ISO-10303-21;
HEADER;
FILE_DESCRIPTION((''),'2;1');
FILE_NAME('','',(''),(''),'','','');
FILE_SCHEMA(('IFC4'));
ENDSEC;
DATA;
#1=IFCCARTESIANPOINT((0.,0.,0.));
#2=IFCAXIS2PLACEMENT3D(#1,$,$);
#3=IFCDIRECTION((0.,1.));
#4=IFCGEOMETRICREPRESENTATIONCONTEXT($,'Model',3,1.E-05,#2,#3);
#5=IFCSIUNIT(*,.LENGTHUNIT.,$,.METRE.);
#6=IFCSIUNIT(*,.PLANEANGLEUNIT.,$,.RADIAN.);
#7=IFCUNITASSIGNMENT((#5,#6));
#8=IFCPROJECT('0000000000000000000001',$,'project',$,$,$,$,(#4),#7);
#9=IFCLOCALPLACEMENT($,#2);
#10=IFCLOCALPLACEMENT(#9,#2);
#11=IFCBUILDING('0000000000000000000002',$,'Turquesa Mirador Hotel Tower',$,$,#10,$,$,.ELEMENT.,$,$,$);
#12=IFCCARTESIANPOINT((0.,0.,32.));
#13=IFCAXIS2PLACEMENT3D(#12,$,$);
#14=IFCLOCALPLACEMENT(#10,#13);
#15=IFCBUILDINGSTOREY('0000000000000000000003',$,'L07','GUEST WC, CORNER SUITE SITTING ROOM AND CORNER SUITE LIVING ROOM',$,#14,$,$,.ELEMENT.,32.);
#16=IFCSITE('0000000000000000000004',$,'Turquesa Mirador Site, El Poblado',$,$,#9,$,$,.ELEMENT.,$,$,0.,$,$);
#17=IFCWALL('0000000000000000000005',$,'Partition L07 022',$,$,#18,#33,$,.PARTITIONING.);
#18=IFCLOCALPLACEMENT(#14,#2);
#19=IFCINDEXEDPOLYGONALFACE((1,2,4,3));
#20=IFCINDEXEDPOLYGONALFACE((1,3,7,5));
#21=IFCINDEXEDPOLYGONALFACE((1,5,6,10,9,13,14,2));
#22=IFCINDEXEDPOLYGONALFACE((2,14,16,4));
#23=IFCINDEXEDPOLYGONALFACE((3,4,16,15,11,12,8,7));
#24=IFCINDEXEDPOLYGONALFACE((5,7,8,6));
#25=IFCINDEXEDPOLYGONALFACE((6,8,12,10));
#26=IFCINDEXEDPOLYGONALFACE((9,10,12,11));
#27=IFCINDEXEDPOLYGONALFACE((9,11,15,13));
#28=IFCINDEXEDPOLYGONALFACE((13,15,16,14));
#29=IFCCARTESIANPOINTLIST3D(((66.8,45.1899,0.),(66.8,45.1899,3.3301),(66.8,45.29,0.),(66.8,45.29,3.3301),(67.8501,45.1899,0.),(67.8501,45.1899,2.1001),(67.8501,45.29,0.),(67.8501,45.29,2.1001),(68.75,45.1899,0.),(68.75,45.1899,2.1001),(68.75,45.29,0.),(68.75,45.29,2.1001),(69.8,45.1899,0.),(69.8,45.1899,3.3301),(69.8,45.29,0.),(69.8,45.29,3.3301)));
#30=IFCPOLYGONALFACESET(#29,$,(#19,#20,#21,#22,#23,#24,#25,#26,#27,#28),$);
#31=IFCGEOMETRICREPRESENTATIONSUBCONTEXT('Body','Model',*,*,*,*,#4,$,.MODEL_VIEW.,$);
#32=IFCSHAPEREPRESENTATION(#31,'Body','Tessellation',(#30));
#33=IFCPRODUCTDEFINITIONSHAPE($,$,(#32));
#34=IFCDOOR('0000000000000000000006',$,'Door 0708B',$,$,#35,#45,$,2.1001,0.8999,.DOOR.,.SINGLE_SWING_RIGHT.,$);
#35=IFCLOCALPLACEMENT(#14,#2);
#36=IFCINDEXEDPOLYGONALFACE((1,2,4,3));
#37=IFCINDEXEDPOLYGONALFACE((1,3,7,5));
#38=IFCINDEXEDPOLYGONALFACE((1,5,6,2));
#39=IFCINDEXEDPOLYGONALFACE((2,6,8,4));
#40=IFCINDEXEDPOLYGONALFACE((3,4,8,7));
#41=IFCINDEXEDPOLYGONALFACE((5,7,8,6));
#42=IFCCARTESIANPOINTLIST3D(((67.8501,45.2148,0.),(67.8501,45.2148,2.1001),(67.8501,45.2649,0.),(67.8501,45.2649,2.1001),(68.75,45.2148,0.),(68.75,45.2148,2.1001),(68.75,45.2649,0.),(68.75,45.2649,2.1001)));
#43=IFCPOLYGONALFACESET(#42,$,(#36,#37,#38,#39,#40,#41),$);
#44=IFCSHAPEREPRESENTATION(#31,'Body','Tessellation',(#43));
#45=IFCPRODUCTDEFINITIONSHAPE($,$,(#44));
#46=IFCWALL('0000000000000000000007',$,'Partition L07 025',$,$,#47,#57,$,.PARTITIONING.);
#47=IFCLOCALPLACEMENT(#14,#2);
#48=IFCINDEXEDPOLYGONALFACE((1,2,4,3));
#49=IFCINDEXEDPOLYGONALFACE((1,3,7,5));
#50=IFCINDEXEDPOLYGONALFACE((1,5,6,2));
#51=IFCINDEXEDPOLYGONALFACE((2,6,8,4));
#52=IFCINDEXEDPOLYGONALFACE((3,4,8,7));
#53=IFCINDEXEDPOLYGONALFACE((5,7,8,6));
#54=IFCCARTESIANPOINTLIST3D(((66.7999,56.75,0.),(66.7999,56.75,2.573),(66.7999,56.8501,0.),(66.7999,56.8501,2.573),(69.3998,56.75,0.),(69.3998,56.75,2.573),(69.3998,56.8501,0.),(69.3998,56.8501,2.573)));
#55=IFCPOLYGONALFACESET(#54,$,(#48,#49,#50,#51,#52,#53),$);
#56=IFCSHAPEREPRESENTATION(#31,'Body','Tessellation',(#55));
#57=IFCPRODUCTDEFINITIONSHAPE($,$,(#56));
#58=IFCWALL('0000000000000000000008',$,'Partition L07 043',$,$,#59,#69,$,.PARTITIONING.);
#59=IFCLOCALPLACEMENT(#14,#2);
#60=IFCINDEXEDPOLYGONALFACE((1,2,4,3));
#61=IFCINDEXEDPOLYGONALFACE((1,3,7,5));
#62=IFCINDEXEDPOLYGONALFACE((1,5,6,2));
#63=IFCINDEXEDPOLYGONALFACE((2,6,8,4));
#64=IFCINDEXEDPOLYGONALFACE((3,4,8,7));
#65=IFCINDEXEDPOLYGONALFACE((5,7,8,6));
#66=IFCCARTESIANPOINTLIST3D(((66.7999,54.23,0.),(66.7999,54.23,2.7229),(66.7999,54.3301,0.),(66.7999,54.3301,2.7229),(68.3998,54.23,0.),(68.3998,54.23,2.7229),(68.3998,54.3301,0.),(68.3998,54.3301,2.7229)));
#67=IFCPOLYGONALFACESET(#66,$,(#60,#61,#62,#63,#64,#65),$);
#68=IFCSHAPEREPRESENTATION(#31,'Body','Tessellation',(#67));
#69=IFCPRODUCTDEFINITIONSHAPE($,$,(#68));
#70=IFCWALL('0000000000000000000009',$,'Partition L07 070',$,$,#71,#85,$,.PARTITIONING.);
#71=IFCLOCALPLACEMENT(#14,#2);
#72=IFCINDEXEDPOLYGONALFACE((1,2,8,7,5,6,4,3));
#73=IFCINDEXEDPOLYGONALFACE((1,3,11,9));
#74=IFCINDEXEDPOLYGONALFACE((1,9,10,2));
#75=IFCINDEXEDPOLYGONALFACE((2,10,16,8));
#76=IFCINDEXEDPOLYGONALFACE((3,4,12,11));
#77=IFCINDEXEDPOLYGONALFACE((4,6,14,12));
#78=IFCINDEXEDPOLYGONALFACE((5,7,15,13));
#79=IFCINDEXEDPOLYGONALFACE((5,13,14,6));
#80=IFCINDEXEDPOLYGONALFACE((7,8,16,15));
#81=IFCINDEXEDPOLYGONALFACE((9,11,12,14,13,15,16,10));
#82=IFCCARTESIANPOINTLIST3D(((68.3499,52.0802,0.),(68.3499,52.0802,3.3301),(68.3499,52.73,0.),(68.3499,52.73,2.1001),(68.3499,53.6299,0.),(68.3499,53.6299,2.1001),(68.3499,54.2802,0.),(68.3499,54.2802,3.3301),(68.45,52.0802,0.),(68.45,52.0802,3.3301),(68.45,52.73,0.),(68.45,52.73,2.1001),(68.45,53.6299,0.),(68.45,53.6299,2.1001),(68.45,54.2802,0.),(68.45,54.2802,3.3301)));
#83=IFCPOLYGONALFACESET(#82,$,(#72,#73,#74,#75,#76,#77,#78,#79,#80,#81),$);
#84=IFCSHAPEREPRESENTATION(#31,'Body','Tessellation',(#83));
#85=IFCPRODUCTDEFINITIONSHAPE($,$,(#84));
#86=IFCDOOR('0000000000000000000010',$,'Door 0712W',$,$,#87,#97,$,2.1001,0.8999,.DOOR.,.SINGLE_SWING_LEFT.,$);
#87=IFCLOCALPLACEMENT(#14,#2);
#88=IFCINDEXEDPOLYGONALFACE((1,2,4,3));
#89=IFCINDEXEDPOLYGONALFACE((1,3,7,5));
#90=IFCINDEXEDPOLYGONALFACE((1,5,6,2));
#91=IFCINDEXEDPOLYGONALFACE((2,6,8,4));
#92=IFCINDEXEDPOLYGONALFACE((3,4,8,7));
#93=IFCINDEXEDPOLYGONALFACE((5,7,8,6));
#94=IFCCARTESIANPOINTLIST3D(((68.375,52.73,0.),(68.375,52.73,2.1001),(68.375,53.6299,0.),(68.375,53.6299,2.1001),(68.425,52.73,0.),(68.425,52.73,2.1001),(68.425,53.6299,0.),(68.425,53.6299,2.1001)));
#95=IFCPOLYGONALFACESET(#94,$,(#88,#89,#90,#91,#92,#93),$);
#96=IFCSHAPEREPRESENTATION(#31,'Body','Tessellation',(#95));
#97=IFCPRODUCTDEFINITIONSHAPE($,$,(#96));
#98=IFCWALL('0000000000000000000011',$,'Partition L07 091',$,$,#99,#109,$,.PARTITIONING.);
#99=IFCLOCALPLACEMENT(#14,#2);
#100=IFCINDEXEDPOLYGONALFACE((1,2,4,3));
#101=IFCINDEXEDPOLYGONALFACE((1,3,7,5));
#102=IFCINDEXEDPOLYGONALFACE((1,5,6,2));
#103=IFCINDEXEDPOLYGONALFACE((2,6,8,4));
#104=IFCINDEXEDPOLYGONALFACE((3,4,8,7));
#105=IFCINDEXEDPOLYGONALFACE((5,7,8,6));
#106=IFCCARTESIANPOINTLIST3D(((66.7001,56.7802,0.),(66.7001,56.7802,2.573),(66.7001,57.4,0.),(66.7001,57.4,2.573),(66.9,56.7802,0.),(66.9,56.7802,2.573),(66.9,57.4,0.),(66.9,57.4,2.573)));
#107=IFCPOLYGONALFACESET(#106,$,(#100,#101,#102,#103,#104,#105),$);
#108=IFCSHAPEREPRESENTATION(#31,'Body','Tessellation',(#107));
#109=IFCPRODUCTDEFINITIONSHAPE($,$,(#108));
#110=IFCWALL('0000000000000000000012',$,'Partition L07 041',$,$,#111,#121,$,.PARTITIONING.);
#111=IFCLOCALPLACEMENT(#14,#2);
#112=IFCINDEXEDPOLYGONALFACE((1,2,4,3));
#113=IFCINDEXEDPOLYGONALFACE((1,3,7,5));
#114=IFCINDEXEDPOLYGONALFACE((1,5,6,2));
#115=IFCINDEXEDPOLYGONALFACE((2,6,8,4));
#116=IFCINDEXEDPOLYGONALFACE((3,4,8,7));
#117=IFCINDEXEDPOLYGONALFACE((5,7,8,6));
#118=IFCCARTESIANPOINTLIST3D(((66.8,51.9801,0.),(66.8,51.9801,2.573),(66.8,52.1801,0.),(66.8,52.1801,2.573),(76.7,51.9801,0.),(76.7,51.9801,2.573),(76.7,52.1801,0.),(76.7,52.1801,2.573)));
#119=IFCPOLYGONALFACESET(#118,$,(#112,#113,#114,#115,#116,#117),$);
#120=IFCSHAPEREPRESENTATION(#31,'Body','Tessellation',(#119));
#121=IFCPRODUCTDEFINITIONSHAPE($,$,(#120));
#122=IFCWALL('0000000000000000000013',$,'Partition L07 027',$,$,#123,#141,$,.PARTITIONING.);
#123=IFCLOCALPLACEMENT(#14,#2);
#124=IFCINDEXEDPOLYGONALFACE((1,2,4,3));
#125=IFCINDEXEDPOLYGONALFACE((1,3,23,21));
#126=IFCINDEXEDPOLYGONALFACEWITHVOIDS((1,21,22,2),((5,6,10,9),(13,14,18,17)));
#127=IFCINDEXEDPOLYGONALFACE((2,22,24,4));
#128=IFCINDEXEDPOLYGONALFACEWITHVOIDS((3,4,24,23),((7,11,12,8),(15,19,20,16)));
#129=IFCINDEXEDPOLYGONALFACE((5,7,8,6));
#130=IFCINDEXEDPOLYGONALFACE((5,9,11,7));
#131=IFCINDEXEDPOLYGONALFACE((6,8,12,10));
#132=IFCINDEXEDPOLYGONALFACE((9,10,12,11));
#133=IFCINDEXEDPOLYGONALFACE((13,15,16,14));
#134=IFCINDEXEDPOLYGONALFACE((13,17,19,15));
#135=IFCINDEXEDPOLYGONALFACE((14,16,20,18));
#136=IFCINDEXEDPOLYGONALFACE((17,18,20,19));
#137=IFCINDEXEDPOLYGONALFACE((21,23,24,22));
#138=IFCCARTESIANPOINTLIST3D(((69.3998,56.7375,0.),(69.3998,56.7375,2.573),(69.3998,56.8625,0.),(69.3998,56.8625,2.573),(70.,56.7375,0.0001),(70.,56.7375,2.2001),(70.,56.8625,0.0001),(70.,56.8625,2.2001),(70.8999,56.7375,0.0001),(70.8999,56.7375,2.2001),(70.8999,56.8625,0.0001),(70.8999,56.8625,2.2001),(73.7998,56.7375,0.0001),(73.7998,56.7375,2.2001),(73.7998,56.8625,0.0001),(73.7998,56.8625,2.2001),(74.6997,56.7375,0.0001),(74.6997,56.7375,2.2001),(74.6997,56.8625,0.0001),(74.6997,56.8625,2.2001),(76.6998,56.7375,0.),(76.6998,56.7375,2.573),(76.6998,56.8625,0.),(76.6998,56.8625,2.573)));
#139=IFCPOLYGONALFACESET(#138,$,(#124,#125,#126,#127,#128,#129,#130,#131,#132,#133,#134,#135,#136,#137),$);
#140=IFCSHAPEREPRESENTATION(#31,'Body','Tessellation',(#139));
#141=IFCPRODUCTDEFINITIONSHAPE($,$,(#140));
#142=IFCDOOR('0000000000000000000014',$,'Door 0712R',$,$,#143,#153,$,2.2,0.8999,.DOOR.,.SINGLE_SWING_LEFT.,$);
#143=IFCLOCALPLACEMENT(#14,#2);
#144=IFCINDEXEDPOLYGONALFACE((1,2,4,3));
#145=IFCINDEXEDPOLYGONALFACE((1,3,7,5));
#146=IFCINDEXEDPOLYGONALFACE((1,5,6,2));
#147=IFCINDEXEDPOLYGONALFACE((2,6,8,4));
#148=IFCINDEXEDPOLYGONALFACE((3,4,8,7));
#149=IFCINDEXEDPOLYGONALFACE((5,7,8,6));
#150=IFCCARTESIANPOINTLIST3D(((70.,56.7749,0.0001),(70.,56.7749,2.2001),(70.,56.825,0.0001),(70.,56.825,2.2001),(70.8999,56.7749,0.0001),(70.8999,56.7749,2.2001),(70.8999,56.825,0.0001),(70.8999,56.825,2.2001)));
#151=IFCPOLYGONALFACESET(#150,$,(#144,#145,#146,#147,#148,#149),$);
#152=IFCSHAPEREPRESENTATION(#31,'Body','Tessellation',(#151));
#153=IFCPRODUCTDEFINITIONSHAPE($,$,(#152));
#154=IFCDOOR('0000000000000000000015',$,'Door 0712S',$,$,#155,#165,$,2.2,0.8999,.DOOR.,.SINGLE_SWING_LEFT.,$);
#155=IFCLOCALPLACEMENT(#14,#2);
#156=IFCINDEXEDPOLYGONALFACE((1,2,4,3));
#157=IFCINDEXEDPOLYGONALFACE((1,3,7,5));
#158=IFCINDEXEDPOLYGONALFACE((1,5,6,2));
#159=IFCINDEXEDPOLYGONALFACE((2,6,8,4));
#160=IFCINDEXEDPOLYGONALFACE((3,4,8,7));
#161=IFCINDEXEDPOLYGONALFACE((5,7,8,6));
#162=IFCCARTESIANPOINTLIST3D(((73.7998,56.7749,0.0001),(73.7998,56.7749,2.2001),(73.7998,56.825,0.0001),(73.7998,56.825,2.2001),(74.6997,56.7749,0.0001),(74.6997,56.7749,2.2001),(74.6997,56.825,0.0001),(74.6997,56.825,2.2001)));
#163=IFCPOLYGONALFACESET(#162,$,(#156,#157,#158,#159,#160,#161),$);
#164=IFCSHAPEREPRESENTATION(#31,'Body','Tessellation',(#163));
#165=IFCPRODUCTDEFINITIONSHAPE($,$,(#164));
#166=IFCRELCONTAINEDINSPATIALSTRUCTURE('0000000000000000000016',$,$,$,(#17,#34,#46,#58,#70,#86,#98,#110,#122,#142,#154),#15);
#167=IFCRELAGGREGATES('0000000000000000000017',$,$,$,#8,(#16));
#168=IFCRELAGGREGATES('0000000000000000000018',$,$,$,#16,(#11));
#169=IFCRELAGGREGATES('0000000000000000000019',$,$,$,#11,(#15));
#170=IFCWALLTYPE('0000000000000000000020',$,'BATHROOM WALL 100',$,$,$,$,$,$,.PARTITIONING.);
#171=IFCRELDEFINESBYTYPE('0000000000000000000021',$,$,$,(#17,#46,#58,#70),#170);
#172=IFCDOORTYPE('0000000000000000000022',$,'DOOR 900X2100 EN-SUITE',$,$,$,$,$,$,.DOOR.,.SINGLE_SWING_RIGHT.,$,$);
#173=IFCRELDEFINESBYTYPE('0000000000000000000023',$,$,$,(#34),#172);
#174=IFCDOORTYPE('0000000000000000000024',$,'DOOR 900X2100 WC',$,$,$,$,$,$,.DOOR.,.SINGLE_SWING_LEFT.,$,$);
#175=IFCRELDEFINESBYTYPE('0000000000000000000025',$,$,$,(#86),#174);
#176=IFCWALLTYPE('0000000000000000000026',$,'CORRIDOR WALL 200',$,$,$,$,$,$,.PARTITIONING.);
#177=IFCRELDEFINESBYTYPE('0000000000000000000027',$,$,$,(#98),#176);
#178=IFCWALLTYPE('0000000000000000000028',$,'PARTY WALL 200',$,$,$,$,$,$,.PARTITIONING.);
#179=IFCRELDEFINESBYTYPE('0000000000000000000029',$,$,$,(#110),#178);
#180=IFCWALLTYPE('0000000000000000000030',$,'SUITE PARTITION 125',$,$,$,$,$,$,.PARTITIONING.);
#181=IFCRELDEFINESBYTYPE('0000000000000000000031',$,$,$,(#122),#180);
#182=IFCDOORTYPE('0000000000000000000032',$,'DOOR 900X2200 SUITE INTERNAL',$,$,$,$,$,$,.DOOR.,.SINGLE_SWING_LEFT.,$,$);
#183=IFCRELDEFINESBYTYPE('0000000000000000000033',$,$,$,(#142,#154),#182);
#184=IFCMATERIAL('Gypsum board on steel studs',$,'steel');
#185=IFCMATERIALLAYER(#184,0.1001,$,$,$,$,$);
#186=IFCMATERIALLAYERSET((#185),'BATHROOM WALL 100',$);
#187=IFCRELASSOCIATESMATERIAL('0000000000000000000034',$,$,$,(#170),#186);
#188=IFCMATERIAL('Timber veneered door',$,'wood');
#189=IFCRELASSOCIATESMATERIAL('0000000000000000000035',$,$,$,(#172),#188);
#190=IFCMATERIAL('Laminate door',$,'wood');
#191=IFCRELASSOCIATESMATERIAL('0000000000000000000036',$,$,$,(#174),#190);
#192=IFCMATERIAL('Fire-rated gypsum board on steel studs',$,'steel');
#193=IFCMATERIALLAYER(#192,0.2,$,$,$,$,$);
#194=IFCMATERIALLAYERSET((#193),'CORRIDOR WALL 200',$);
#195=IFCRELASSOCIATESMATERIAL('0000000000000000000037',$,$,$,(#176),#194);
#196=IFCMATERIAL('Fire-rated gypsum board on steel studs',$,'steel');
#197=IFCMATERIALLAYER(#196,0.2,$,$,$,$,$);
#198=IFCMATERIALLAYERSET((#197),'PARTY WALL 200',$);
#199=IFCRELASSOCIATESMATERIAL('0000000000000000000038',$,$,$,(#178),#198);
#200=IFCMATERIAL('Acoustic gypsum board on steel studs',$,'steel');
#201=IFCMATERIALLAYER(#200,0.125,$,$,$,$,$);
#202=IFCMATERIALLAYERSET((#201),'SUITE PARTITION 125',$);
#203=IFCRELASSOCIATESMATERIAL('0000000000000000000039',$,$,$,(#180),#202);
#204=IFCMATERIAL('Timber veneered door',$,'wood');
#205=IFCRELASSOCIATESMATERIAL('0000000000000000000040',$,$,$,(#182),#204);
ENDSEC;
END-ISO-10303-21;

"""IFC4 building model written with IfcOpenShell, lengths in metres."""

from ifc_helpers import new_model, si_unit, direction, frame, frame_2d, origin, place, context, subcontext, project, spatial, rectangle, extrude, material, layer, layer_set, type_object, element, fill, save


model = new_model("IFC4")

# Units and contexts
model_context = context("Model", 3, precision=1e-05, world=origin(), true_north=direction((0.0, 1.0)))
body_context = subcontext(model_context, "Body", "Model", "MODEL_VIEW")
ifc_project = project(units=[si_unit("LENGTHUNIT", "METRE"), si_unit("PLANEANGLEUNIT", "RADIAN")], contexts=[model_context])

# Site, building, storey
site_placement = place(None, origin())
site = spatial("IfcSite", under=ifc_project, at=site_placement, Name="Turquesa Mirador Site, El Poblado", CompositionType="ELEMENT", RefElevation=0.0)
building_placement = place(site_placement, origin())
building = spatial("IfcBuilding", under=site, at=building_placement, Name="Turquesa Mirador Hotel Tower", CompositionType="ELEMENT")
storey_placement = place(building_placement, frame((0.0, 0.0, 32.0)))
storey = spatial("IfcBuildingStorey", under=building, at=storey_placement, Name="L07", Description="GUEST WC, CORNER SUITE SITTING ROOM AND CORNER SUITE LIVING ROOM", CompositionType="ELEMENT", Elevation=32.0)

# Wall, opening, door
ifc_material_1 = material(Name="Gypsum board on steel studs", Category="steel")
ifc_layer_1 = layer(ifc_material_1, 0.1001)
ifc_layer_set_1 = layer_set([ifc_layer_1], Name="BATHROOM WALL 100")
wall_type_1 = type_object("IfcWallType", Name="BATHROOM WALL 100", PredefinedType="PARTITIONING", material=ifc_layer_set_1)
wall_1_placement = place(storey_placement, frame((66.8, 45.24, 0.0), z_axis=(0.0, 0.0, 1.0), x_axis=(1.0, 0.0, 0.0)))
wall_1 = element("IfcWall", 1, at=wall_1_placement, inside=storey, type_object=wall_type_1, Name="Partition L07 022", PredefinedType="PARTITIONING", context=body_context, shape_type="SweptSolid", body=[
    extrude(rectangle(XDim=3.0, YDim=0.1001, at=frame_2d((1.5, 0.0))), origin(), (0.0, 0.0, 1.0), 3.3301),
])
opening_1_placement = place(wall_1_placement, frame((1.05, 0.0, 0.0)))
opening_1 = element("IfcOpeningElement", 2, at=opening_1_placement, cuts=wall_1, PredefinedType="OPENING", context=body_context, shape_type="SweptSolid", body=[
    extrude(rectangle(XDim=0.8999, YDim=2.1001, at=frame_2d((0.45, 1.05))), frame((0.0, 0.0601, 0.0), z_axis=(0.0, -1.0, 0.0), x_axis=(1.0, 0.0, 0.0)), (0.0, 0.0, 1.0), 0.1201),
])
ifc_material_2 = material(Name="Timber veneered door", Category="wood")
door_type_1 = type_object("IfcDoorType", Name="DOOR 900X2100 EN-SUITE", OperationType="SINGLE_SWING_RIGHT", PredefinedType="DOOR", material=ifc_material_2)
door_1_placement = place(opening_1_placement, origin())
door_1 = element("IfcDoor", 3, at=door_1_placement, inside=storey, type_object=door_type_1, Name="Door 0708B", OperationType="SINGLE_SWING_RIGHT", OverallHeight=2.1001, OverallWidth=0.8999, PredefinedType="DOOR", context=body_context, shape_type="SweptSolid", body=[
    extrude(rectangle(XDim=0.8999, YDim=2.1001, at=frame_2d((0.45, 1.05))), frame((0.0, 0.0249, 0.0), z_axis=(0.0, -1.0, 0.0), x_axis=(1.0, 0.0, 0.0)), (0.0, 0.0, 1.0), 0.05),
])
fill(opening_1, door_1)

# Walls
wall_2_placement = place(storey_placement, frame((66.8, 56.8, 0.0), z_axis=(0.0, 0.0, 1.0), x_axis=(1.0, 0.0, 0.0)))
element("IfcWall", 4, at=wall_2_placement, inside=storey, type_object=wall_type_1, Name="Partition L07 025", PredefinedType="PARTITIONING", context=body_context, shape_type="SweptSolid", body=[
    extrude(rectangle(XDim=2.5999, YDim=0.1001, at=frame_2d((1.2998, 0.0))), origin(), (0.0, 0.0, 1.0), 2.573),
])
wall_3_placement = place(storey_placement, frame((66.8, 54.28, 0.0), z_axis=(0.0, 0.0, 1.0), x_axis=(1.0, 0.0, 0.0)))
element("IfcWall", 5, at=wall_3_placement, inside=storey, type_object=wall_type_1, Name="Partition L07 043", PredefinedType="PARTITIONING", context=body_context, shape_type="SweptSolid", body=[
    extrude(rectangle(XDim=1.5999, YDim=0.1001, at=frame_2d((0.7998, 0.0))), origin(), (0.0, 0.0, 1.0), 2.7229),
])

# Wall, opening, door
wall_4_placement = place(storey_placement, frame((68.3999, 52.0801, 0.0), z_axis=(0.0, 0.0, 1.0), x_axis=(0.0, 1.0, 0.0)))
wall_4 = element("IfcWall", 6, at=wall_4_placement, inside=storey, type_object=wall_type_1, Name="Partition L07 070", PredefinedType="PARTITIONING", context=body_context, shape_type="SweptSolid", body=[
    extrude(rectangle(XDim=2.2, YDim=0.1001, at=frame_2d((1.1001, 0.0))), origin(), (0.0, 0.0, 1.0), 3.3301),
])
opening_2_placement = place(wall_4_placement, frame((0.6499, 0.0, 0.0)))
opening_2 = element("IfcOpeningElement", 7, at=opening_2_placement, cuts=wall_4, PredefinedType="OPENING", context=body_context, shape_type="SweptSolid", body=[
    extrude(rectangle(XDim=0.8999, YDim=2.1001, at=frame_2d((0.45, 1.05))), frame((0.0, 0.0601, 0.0), z_axis=(0.0, -1.0, 0.0), x_axis=(1.0, 0.0, 0.0)), (0.0, 0.0, 1.0), 0.1201),
])
ifc_material_3 = material(Name="Laminate door", Category="wood")
door_type_2 = type_object("IfcDoorType", Name="DOOR 900X2100 WC", OperationType="SINGLE_SWING_LEFT", PredefinedType="DOOR", material=ifc_material_3)
door_2_placement = place(opening_2_placement, origin())
door_2 = element("IfcDoor", 8, at=door_2_placement, inside=storey, type_object=door_type_2, Name="Door 0712W", OperationType="SINGLE_SWING_LEFT", OverallHeight=2.1001, OverallWidth=0.8999, PredefinedType="DOOR", context=body_context, shape_type="SweptSolid", body=[
    extrude(rectangle(XDim=0.8999, YDim=2.1001, at=frame_2d((0.45, 1.05))), frame((0.0, 0.0249, 0.0), z_axis=(0.0, -1.0, 0.0), x_axis=(1.0, 0.0, 0.0)), (0.0, 0.0, 1.0), 0.05),
])
fill(opening_2, door_2)

# Walls
ifc_material_4 = material(Name="Fire-rated gypsum board on steel studs", Category="steel")
ifc_layer_2 = layer(ifc_material_4, 0.2)
ifc_layer_set_2 = layer_set([ifc_layer_2], Name="CORRIDOR WALL 200")
wall_type_2 = type_object("IfcWallType", Name="CORRIDOR WALL 200", PredefinedType="PARTITIONING", material=ifc_layer_set_2)
wall_5_placement = place(storey_placement, frame((66.8, 56.78, 0.0), z_axis=(0.0, 0.0, 1.0), x_axis=(0.0, 1.0, 0.0)))
element("IfcWall", 9, at=wall_5_placement, inside=storey, type_object=wall_type_2, Name="Partition L07 091", PredefinedType="PARTITIONING", context=body_context, shape_type="SweptSolid", body=[
    extrude(rectangle(XDim=0.6199, YDim=0.2, at=frame_2d((0.3101, 0.0))), origin(), (0.0, 0.0, 1.0), 2.573),
])
ifc_material_5 = material(Name="Fire-rated gypsum board on steel studs", Category="steel")
ifc_layer_3 = layer(ifc_material_5, 0.2)
ifc_layer_set_3 = layer_set([ifc_layer_3], Name="PARTY WALL 200")
wall_type_3 = type_object("IfcWallType", Name="PARTY WALL 200", PredefinedType="PARTITIONING", material=ifc_layer_set_3)
wall_6_placement = place(storey_placement, frame((66.8, 52.0801, 0.0), z_axis=(0.0, 0.0, 1.0), x_axis=(1.0, 0.0, 0.0)))
element("IfcWall", 10, at=wall_6_placement, inside=storey, type_object=wall_type_3, Name="Partition L07 041", PredefinedType="PARTITIONING", context=body_context, shape_type="SweptSolid", body=[
    extrude(rectangle(XDim=9.8999, YDim=0.2, at=frame_2d((4.95, 0.0))), origin(), (0.0, 0.0, 1.0), 2.573),
])

# Wall, openings, doors
ifc_material_6 = material(Name="Acoustic gypsum board on steel studs", Category="steel")
ifc_layer_4 = layer(ifc_material_6, 0.125)
ifc_layer_set_4 = layer_set([ifc_layer_4], Name="SUITE PARTITION 125")
wall_type_4 = type_object("IfcWallType", Name="SUITE PARTITION 125", PredefinedType="PARTITIONING", material=ifc_layer_set_4)
wall_7_placement = place(storey_placement, frame((69.3999, 56.8, 0.0), z_axis=(0.0, 0.0, 1.0), x_axis=(1.0, 0.0, 0.0)))
wall_7 = element("IfcWall", 11, at=wall_7_placement, inside=storey, type_object=wall_type_4, Name="Partition L07 027", PredefinedType="PARTITIONING", context=body_context, shape_type="SweptSolid", body=[
    extrude(rectangle(XDim=7.3, YDim=0.125, at=frame_2d((3.6499, 0.0))), origin(), (0.0, 0.0, 1.0), 2.573),
])
opening_3_placement = place(wall_7_placement, frame((0.6001, 0.0, 0.0)))
opening_3 = element("IfcOpeningElement", 12, at=opening_3_placement, cuts=wall_7, PredefinedType="OPENING", context=body_context, shape_type="SweptSolid", body=[
    extrude(rectangle(XDim=0.8999, YDim=2.2, at=frame_2d((0.45, 1.1001))), frame((0.0, 0.0725, 0.0), z_axis=(0.0, -1.0, 0.0), x_axis=(1.0, 0.0, 0.0)), (0.0, 0.0, 1.0), 0.145),
])
opening_4_placement = place(wall_7_placement, frame((4.3999, 0.0, 0.0)))
opening_4 = element("IfcOpeningElement", 13, at=opening_4_placement, cuts=wall_7, PredefinedType="OPENING", context=body_context, shape_type="SweptSolid", body=[
    extrude(rectangle(XDim=0.8999, YDim=2.2, at=frame_2d((0.45, 1.1001))), frame((0.0, 0.0725, 0.0), z_axis=(0.0, -1.0, 0.0), x_axis=(1.0, 0.0, 0.0)), (0.0, 0.0, 1.0), 0.145),
])
ifc_material_7 = material(Name="Timber veneered door", Category="wood")
door_type_3 = type_object("IfcDoorType", Name="DOOR 900X2200 SUITE INTERNAL", OperationType="SINGLE_SWING_LEFT", PredefinedType="DOOR", material=ifc_material_7)
door_3_placement = place(opening_3_placement, origin())
door_3 = element("IfcDoor", 14, at=door_3_placement, inside=storey, type_object=door_type_3, Name="Door 0712R", OperationType="SINGLE_SWING_LEFT", OverallHeight=2.2, OverallWidth=0.8999, PredefinedType="DOOR", context=body_context, shape_type="SweptSolid", body=[
    extrude(rectangle(XDim=0.8999, YDim=2.2, at=frame_2d((0.45, 1.1001))), frame((0.0, 0.0249, 0.0), z_axis=(0.0, -1.0, 0.0), x_axis=(1.0, 0.0, 0.0)), (0.0, 0.0, 1.0), 0.05),
])
fill(opening_3, door_3)
door_4_placement = place(opening_4_placement, origin())
door_4 = element("IfcDoor", 15, at=door_4_placement, inside=storey, type_object=door_type_3, Name="Door 0712S", OperationType="SINGLE_SWING_LEFT", OverallHeight=2.2, OverallWidth=0.8999, PredefinedType="DOOR", context=body_context, shape_type="SweptSolid", body=[
    extrude(rectangle(XDim=0.8999, YDim=2.2, at=frame_2d((0.45, 1.1001))), frame((0.0, 0.0249, 0.0), z_axis=(0.0, -1.0, 0.0), x_axis=(1.0, 0.0, 0.0)), (0.0, 0.0, 1.0), 0.05),
])
fill(opening_4, door_4)

save(model, "model.ifc")
